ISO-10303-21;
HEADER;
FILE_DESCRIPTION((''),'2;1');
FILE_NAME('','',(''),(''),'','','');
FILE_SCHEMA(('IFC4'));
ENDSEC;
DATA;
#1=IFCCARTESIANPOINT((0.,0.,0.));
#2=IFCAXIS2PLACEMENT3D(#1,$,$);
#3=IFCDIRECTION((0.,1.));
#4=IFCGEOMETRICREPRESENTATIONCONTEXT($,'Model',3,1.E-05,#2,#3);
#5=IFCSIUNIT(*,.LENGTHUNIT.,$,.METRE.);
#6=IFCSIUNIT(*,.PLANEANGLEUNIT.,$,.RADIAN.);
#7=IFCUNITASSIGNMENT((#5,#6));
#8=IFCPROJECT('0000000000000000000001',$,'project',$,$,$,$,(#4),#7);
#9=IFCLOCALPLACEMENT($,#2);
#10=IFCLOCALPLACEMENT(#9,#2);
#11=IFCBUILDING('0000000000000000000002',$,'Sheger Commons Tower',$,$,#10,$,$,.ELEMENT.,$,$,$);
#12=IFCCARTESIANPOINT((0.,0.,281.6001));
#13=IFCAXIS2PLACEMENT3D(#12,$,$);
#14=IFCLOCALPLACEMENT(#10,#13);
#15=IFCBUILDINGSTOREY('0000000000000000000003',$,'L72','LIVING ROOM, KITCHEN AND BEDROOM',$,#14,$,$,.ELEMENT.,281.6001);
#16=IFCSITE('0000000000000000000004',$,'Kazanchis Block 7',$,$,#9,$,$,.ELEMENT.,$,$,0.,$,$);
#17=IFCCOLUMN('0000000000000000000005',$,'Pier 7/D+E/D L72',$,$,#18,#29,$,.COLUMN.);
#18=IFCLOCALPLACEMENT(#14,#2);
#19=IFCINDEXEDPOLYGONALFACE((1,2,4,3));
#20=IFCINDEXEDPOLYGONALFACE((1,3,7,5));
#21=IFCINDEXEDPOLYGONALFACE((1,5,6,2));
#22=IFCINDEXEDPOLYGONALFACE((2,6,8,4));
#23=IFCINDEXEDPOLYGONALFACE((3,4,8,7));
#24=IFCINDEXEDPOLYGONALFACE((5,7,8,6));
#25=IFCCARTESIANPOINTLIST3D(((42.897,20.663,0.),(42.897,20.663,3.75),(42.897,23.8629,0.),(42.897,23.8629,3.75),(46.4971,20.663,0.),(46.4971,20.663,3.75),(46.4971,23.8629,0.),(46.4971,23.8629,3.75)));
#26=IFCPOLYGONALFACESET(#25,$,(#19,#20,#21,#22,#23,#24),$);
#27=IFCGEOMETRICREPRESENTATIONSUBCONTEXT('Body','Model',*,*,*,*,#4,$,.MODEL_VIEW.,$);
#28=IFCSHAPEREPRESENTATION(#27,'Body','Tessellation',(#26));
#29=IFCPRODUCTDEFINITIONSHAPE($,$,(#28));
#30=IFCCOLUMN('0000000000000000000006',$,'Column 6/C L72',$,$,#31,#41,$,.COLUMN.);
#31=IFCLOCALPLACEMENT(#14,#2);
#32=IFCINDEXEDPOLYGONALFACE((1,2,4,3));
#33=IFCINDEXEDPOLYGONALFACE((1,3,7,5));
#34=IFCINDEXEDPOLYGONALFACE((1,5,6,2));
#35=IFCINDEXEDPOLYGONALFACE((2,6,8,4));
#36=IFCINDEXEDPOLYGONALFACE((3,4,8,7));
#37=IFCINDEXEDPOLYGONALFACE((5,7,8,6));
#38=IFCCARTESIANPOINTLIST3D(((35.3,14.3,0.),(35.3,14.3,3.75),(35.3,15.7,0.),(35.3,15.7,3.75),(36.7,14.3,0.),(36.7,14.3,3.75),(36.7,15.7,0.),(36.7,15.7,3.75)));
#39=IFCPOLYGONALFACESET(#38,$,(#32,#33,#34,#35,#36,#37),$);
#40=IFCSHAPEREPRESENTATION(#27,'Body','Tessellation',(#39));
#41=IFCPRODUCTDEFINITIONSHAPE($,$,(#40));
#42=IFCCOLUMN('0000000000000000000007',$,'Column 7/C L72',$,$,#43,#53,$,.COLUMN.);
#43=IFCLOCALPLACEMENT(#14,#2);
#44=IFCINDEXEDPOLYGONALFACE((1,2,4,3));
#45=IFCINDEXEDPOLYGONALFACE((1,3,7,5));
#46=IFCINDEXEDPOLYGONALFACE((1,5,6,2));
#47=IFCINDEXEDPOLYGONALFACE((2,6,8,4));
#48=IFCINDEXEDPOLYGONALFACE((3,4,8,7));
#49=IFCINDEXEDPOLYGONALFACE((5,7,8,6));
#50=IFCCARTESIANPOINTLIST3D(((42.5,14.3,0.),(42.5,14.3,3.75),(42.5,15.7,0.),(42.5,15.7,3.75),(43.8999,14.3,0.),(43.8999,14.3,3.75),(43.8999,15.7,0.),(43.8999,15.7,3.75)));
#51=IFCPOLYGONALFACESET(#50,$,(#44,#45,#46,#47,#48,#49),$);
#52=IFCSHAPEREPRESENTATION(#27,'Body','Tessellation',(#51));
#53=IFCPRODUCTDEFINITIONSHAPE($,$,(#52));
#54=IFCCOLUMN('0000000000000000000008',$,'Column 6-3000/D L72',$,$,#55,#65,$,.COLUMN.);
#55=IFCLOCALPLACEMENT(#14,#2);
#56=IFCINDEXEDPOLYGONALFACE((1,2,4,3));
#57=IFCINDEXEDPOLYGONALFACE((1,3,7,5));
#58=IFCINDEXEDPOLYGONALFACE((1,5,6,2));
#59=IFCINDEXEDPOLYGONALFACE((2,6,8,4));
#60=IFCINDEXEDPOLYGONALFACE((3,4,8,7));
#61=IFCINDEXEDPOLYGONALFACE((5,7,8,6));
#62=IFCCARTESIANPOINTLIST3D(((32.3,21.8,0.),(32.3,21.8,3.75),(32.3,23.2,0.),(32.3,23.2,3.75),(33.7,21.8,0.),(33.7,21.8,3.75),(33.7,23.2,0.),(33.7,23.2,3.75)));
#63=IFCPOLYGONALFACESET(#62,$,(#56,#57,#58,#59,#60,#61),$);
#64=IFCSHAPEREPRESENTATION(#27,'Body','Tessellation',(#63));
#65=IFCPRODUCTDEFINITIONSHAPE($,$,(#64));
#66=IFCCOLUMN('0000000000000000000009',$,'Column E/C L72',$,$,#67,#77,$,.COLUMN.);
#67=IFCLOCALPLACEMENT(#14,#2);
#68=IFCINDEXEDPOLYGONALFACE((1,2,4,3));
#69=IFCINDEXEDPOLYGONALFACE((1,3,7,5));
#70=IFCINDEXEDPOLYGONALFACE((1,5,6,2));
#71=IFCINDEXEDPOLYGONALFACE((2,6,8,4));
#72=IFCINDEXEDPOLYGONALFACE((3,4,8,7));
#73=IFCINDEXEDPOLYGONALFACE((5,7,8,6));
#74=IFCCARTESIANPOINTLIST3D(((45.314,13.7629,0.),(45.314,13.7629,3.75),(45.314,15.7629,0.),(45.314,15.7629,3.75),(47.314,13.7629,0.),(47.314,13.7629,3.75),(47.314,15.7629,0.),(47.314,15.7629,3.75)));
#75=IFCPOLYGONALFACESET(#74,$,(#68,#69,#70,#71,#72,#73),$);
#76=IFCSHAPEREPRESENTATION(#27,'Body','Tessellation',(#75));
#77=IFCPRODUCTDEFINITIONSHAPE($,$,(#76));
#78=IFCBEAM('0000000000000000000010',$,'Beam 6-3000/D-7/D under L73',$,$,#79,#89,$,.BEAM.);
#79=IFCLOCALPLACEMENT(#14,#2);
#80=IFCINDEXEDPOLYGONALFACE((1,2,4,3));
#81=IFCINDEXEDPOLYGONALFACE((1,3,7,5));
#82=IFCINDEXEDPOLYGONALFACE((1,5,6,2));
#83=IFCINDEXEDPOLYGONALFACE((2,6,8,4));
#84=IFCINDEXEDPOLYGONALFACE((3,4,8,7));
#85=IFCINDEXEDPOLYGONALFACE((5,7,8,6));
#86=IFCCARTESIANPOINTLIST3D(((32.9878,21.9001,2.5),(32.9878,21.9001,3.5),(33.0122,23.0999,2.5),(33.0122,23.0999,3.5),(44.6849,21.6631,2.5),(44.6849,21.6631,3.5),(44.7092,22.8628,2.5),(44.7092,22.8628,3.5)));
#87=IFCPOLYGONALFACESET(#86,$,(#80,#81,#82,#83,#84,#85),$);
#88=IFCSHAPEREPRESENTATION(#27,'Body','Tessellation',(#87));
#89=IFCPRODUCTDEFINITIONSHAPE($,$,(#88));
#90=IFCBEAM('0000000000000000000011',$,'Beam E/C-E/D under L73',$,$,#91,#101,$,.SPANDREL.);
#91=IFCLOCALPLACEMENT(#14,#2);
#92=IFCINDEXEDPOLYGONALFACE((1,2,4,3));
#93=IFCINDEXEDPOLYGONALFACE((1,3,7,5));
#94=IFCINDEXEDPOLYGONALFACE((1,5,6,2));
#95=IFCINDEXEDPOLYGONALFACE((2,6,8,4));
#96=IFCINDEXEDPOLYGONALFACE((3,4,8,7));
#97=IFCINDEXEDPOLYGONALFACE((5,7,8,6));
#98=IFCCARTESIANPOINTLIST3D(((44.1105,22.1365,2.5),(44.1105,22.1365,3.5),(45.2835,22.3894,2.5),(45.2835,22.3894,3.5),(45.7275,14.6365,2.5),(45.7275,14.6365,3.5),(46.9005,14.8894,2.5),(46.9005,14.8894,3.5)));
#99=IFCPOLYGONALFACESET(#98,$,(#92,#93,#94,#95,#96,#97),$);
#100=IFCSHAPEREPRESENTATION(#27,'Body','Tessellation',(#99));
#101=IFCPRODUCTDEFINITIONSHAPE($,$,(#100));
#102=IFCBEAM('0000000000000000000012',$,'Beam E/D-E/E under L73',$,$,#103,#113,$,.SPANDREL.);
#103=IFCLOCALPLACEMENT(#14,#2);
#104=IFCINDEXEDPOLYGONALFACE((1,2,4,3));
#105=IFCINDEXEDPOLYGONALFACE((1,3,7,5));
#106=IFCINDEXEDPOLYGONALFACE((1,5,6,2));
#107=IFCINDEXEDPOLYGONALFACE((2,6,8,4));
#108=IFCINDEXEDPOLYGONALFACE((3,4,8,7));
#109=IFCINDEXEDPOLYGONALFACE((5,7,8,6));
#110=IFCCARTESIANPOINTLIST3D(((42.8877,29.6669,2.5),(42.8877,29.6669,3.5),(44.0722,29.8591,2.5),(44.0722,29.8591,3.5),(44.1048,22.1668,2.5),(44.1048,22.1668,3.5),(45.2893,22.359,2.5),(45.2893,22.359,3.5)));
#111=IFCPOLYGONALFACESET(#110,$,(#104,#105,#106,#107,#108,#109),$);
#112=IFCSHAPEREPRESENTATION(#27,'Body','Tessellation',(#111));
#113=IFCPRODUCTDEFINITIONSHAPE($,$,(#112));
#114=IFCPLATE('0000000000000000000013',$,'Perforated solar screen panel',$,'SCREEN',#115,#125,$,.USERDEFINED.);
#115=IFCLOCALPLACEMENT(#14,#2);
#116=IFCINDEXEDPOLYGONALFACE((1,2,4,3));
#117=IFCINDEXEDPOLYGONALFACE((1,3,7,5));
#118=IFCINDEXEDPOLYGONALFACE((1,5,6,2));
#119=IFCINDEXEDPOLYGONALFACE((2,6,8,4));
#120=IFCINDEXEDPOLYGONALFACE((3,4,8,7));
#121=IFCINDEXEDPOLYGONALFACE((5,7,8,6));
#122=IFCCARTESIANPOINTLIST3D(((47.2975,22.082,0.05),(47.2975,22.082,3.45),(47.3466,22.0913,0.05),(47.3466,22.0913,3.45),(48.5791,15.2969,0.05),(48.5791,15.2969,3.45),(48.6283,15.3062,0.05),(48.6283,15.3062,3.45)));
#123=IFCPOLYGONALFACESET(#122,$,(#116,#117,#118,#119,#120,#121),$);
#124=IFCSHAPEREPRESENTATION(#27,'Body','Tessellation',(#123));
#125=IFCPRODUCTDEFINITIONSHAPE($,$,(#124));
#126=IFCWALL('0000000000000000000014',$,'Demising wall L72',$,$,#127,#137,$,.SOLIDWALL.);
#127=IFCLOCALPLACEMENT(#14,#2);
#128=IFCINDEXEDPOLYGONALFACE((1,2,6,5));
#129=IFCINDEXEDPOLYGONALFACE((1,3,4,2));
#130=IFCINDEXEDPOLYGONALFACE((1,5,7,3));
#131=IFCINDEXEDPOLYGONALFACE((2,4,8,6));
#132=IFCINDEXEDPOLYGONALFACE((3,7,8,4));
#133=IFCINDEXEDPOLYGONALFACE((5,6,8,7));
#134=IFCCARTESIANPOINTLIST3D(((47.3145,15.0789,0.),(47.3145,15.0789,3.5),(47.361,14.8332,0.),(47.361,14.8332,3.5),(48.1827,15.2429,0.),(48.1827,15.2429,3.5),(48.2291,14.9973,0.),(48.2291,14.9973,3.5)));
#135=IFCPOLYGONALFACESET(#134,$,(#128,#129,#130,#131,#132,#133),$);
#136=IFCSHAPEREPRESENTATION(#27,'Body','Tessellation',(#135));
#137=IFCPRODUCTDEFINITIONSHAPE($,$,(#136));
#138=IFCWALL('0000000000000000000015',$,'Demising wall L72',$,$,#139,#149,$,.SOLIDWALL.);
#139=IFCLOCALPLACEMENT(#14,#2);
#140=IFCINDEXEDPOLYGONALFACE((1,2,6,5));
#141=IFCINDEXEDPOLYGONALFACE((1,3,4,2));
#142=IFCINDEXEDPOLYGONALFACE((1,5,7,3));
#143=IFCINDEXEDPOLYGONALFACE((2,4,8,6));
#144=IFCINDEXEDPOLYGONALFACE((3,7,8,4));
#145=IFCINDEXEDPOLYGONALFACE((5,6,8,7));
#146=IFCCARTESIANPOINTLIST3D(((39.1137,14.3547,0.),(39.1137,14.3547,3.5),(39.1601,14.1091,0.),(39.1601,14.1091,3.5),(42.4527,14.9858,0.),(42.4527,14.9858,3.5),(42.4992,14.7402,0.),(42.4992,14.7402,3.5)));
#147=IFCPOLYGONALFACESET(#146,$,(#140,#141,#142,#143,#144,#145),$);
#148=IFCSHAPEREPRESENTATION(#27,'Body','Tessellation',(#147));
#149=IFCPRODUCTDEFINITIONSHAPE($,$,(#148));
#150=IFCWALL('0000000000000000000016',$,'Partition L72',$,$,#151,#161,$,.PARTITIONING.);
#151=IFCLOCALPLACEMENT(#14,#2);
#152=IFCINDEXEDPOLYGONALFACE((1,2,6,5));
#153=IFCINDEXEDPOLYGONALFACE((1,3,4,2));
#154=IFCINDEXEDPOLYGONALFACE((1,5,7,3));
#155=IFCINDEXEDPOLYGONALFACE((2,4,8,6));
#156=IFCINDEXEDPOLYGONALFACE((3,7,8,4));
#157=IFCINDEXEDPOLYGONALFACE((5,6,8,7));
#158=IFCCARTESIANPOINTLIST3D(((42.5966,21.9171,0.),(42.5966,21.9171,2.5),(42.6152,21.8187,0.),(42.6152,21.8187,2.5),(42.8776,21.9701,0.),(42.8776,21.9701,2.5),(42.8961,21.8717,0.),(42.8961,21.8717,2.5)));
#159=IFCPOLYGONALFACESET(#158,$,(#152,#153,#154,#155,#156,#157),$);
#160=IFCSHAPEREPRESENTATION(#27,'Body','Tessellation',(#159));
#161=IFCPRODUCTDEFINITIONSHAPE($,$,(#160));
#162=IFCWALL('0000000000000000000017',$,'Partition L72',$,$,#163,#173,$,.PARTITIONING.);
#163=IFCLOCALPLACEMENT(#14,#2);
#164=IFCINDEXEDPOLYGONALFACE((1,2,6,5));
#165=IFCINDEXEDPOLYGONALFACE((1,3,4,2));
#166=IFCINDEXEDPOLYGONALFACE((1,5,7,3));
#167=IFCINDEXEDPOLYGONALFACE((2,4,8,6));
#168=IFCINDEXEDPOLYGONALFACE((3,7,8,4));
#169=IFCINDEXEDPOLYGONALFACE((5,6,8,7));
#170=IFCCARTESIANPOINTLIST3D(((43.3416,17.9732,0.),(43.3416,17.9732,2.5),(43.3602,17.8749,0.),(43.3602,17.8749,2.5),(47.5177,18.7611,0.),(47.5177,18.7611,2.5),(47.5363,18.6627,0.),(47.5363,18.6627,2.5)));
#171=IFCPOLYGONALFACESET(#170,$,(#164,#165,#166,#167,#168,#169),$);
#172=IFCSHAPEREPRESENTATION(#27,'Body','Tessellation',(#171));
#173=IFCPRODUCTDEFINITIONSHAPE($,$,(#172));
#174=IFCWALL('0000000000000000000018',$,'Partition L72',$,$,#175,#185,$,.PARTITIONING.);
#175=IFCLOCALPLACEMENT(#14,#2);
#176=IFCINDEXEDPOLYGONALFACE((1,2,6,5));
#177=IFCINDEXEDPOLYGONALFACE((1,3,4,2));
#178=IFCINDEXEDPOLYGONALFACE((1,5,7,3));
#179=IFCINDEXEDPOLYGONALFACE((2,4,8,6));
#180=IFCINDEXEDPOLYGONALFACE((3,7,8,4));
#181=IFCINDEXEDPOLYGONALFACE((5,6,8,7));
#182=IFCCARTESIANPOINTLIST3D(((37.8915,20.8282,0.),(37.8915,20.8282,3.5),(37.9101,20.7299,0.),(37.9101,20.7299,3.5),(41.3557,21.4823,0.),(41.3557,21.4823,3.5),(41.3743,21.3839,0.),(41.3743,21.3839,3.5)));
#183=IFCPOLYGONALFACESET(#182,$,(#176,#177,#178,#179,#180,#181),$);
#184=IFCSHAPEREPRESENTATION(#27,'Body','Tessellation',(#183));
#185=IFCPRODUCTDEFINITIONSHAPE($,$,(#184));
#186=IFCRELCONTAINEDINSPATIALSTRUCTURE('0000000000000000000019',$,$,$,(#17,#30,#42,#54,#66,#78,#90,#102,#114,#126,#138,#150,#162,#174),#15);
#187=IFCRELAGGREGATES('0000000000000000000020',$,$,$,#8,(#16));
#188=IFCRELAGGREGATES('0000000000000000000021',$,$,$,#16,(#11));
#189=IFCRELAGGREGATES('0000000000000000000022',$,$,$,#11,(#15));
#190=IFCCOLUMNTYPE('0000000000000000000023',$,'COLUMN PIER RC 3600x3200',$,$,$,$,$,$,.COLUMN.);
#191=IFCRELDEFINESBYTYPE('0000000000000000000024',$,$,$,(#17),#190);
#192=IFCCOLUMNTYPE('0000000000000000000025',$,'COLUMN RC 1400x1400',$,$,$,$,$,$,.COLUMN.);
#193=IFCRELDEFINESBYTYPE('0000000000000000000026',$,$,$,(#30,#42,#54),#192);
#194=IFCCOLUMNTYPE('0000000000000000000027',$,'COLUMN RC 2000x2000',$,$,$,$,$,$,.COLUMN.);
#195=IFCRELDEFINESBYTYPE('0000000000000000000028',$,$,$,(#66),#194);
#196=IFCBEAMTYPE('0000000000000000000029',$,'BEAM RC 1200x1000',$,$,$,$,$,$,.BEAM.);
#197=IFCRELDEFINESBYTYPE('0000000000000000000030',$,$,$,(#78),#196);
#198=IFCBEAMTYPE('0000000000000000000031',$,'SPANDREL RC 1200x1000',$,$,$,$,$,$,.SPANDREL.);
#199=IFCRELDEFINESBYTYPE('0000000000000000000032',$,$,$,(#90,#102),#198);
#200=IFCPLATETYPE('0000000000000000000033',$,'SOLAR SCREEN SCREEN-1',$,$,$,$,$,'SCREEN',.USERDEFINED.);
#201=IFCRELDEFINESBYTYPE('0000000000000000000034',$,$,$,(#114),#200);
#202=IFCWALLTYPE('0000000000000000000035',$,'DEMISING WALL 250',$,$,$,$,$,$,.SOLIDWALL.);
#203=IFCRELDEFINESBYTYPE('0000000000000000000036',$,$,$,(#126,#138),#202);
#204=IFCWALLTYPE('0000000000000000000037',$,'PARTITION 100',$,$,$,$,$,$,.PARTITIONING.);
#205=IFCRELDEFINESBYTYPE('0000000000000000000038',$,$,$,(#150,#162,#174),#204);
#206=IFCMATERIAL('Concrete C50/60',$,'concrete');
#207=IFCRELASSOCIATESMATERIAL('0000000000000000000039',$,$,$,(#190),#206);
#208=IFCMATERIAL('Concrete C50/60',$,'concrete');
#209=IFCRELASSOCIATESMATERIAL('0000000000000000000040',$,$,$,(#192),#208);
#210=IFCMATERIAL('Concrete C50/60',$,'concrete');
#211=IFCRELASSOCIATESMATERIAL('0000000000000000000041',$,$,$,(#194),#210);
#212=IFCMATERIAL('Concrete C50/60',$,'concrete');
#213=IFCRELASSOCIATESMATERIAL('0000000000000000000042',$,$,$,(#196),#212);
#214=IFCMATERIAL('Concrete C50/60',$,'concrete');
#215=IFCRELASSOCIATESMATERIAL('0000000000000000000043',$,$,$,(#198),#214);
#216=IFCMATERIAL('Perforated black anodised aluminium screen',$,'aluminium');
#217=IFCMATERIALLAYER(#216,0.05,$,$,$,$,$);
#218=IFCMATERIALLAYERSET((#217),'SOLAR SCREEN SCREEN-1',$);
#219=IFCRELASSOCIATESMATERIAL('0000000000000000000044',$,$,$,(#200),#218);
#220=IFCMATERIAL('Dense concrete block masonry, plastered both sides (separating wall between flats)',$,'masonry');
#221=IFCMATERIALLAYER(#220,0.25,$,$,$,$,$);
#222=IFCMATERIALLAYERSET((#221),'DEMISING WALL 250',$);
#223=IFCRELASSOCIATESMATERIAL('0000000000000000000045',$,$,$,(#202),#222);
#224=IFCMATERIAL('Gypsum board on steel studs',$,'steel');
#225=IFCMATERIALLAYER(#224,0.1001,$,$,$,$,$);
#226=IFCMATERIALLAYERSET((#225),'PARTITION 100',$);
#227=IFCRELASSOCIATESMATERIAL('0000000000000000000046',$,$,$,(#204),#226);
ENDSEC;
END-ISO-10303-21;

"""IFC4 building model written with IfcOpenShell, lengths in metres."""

from ifc_helpers import new_model, si_unit, direction, frame, frame_2d, origin, origin_2d, place, context, subcontext, project, spatial, rectangle, extrude, material, layer, layer_set, material_profile, profile_set, type_object, element, save


model = new_model("IFC4")

# Units and contexts
model_context = context("Model", 3, precision=1e-05, world=origin(), true_north=direction((0.0, 1.0)))
body_context = subcontext(model_context, "Body", "Model", "MODEL_VIEW")
ifc_project = project(units=[si_unit("LENGTHUNIT", "METRE"), si_unit("PLANEANGLEUNIT", "RADIAN")], contexts=[model_context])

# Site, building, storey
site_placement = place(None, origin())
site = spatial("IfcSite", under=ifc_project, at=site_placement, Name="Kazanchis Block 7", CompositionType="ELEMENT", RefElevation=0.0)
building_placement = place(site_placement, origin())
building = spatial("IfcBuilding", under=site, at=building_placement, Name="Sheger Commons Tower", CompositionType="ELEMENT")
storey_placement = place(building_placement, frame((0.0, 0.0, 281.6001)))
storey = spatial("IfcBuildingStorey", under=building, at=storey_placement, Name="L72", Description="LIVING ROOM, KITCHEN AND BEDROOM", CompositionType="ELEMENT", Elevation=281.6001)

# Columns
ifc_material_1 = material(Name="Concrete C50/60", Category="concrete")
ifc_material_profile_1 = material_profile(ifc_material_1, rectangle(XDim=3.6001, YDim=3.2, at=origin_2d()), Name="RC 3600x3200")
ifc_profile_set_1 = profile_set([ifc_material_profile_1], Name="Concrete C50/60")
column_type_1 = type_object("IfcColumnType", Name="COLUMN PIER RC 3600x3200", PredefinedType="COLUMN", material=ifc_profile_set_1)
column_1_placement = place(storey_placement, frame((44.697, 22.2629, 0.0), z_axis=(0.0, 0.0, 1.0), x_axis=(1.0, 0.0, 0.0)))
element("IfcColumn", 1, at=column_1_placement, inside=storey, type_object=column_type_1, Name="Pier 7/D+E/D L72", PredefinedType="COLUMN", context=body_context, shape_type="SweptSolid", body=[
    extrude(rectangle(XDim=3.6001, YDim=3.2, at=origin_2d()), origin(), (0.0, 0.0, 1.0), 3.75),
])
ifc_material_2 = material(Name="Concrete C50/60", Category="concrete")
ifc_material_profile_2 = material_profile(ifc_material_2, rectangle(XDim=1.3999, YDim=1.3999, at=origin_2d()), Name="RC 1400x1400")
ifc_profile_set_2 = profile_set([ifc_material_profile_2], Name="Concrete C50/60")
column_type_2 = type_object("IfcColumnType", Name="COLUMN RC 1400x1400", PredefinedType="COLUMN", material=ifc_profile_set_2)
for number, where, z_axis, x_axis, name in (
    (2, (36.0, 15.0, 0.0), (0.0, 0.0, 1.0), (1.0, 0.0, 0.0), "Column 6/C L72"),
    (3, (43.2, 15.0, 0.0), (0.0, 0.0, 1.0), (1.0, 0.0, 0.0), "Column 7/C L72"),
    (4, (33.0, 22.5, 0.0), (0.0, 0.0, 1.0), (1.0, 0.0, 0.0), "Column 6-3000/D L72"),
):
    element("IfcColumn", number, at=place(storey_placement, frame(where, z_axis=z_axis, x_axis=x_axis)), inside=storey, type_object=column_type_2, Name=name, PredefinedType="COLUMN", context=body_context, shape_type="SweptSolid", body=[
        extrude(rectangle(XDim=1.3999, YDim=1.3999, at=origin_2d()), origin(), (0.0, 0.0, 1.0), 3.75),
    ])
ifc_material_3 = material(Name="Concrete C50/60", Category="concrete")
ifc_material_profile_3 = material_profile(ifc_material_3, rectangle(XDim=2.0, YDim=2.0, at=origin_2d()), Name="RC 2000x2000")
ifc_profile_set_3 = profile_set([ifc_material_profile_3], Name="Concrete C50/60")
column_type_3 = type_object("IfcColumnType", Name="COLUMN RC 2000x2000", PredefinedType="COLUMN", material=ifc_profile_set_3)
column_2_placement = place(storey_placement, frame((46.314, 14.7629, 0.0), z_axis=(0.0, 0.0, 1.0), x_axis=(1.0, 0.0, 0.0)))
element("IfcColumn", 5, at=column_2_placement, inside=storey, type_object=column_type_3, Name="Column E/C L72", PredefinedType="COLUMN", context=body_context, shape_type="SweptSolid", body=[
    extrude(rectangle(XDim=2.0, YDim=2.0, at=origin_2d()), origin(), (0.0, 0.0, 1.0), 3.75),
])

# Beams
ifc_material_4 = material(Name="Concrete C50/60", Category="concrete")
ifc_material_profile_4 = material_profile(ifc_material_4, rectangle(XDim=1.2, YDim=1.0, at=origin_2d()), Name="RC 1200x1000")
ifc_profile_set_4 = profile_set([ifc_material_profile_4], Name="Concrete C50/60")
beam_type_1 = type_object("IfcBeamType", Name="BEAM RC 1200x1000", PredefinedType="BEAM", material=ifc_profile_set_4)
beam_1_placement = place(storey_placement, frame((33.0, 22.5, 3.0), z_axis=(0.999795, -0.020263, 0.0), x_axis=(0.020263, 0.999795, 0.0)))
element("IfcBeam", 6, at=beam_1_placement, inside=storey, type_object=beam_type_1, Name="Beam 6-3000/D-7/D under L73", PredefinedType="BEAM", context=body_context, shape_type="SweptSolid", body=[
    extrude(rectangle(XDim=1.2, YDim=1.0, at=origin_2d()), origin(), (0.0, 0.0, 1.0), 11.6995),
])
ifc_material_5 = material(Name="Concrete C50/60", Category="concrete")
ifc_material_profile_5 = material_profile(ifc_material_5, rectangle(XDim=1.2, YDim=1.0, at=origin_2d()), Name="RC 1200x1000")
ifc_profile_set_5 = profile_set([ifc_material_profile_5], Name="Concrete C50/60")
beam_type_2 = type_object("IfcBeamType", Name="SPANDREL RC 1200x1000", PredefinedType="SPANDREL", material=ifc_profile_set_5)
beam_2_placement = place(storey_placement, frame((46.314, 14.7629, 3.0), z_axis=(-0.21075, 0.97754, 0.0), x_axis=(-0.97754, -0.21075, 0.0)))
element("IfcBeam", 7, at=beam_2_placement, inside=storey, type_object=beam_type_2, Name="Beam E/C-E/D under L73", PredefinedType="SPANDREL", context=body_context, shape_type="SweptSolid", body=[
    extrude(rectangle(XDim=1.2, YDim=1.0, at=origin_2d()), origin(), (0.0, 0.0, 1.0), 7.6724),
])
beam_3_placement = place(storey_placement, frame((44.697, 22.2629, 3.0), z_axis=(-0.160177, 0.987088, 0.0), x_axis=(-0.987088, -0.160177, 0.0)))
element("IfcBeam", 8, at=beam_3_placement, inside=storey, type_object=beam_type_2, Name="Beam E/D-E/E under L73", PredefinedType="SPANDREL", context=body_context, shape_type="SweptSolid", body=[
    extrude(rectangle(XDim=1.2, YDim=1.0, at=origin_2d()), origin(), (0.0, 0.0, 1.0), 7.5981),
])

# Plate
ifc_material_6 = material(Name="Perforated black anodised aluminium screen", Category="aluminium")
ifc_layer_1 = layer(ifc_material_6, 0.05)
ifc_layer_set_1 = layer_set([ifc_layer_1], Name="SOLAR SCREEN SCREEN-1")
plate_type = type_object("IfcPlateType", Name="SOLAR SCREEN SCREEN-1", ElementType="SCREEN", PredefinedType="USERDEFINED", material=ifc_layer_set_1)
plate_placement = place(storey_placement, frame((47.9629, 18.6941, 0.05), z_axis=(0.0, 0.0, 1.0), x_axis=(-0.185615, 0.982623, 0.0)))
element("IfcPlate", 9, at=plate_placement, inside=storey, type_object=plate_type, Name="Perforated solar screen panel", ObjectType="SCREEN", PredefinedType="USERDEFINED", context=body_context, shape_type="SweptSolid", body=[
    extrude(rectangle(XDim=6.905, YDim=0.05, at=origin_2d()), origin(), (0.0, 0.0, 1.0), 3.3999),
])

# Walls
ifc_material_7 = material(Name="Dense concrete block masonry, plastered both sides (separating wall between flats)", Category="masonry")
ifc_layer_2 = layer(ifc_material_7, 0.25)
ifc_layer_set_2 = layer_set([ifc_layer_2], Name="DEMISING WALL 250")
wall_type_1 = type_object("IfcWallType", Name="DEMISING WALL 250", PredefinedType="SOLIDWALL", material=ifc_layer_set_2)
wall_1_placement = place(storey_placement, frame((48.2061, 15.1201, 0.0), z_axis=(0.0, 0.0, 1.0), x_axis=(-0.982608, -0.18569, 0.0)))
element("IfcWall", 10, at=wall_1_placement, inside=storey, type_object=wall_type_1, Name="Demising wall L72", PredefinedType="SOLIDWALL", context=body_context, shape_type="SweptSolid", body=[
    extrude(rectangle(XDim=0.8835, YDim=0.25, at=frame_2d((0.4419, 0.0))), origin(), (0.0, 0.0, 1.0), 3.5),
])
wall_2_placement = place(storey_placement, frame((42.4761, 14.863, 0.0), z_axis=(0.0, 0.0, 1.0), x_axis=(-0.982604, -0.185715, 0.0)))
element("IfcWall", 11, at=wall_2_placement, inside=storey, type_object=wall_type_1, Name="Demising wall L72", PredefinedType="SOLIDWALL", context=body_context, shape_type="SweptSolid", body=[
    extrude(rectangle(XDim=3.3982, YDim=0.25, at=frame_2d((1.6992, 0.0))), origin(), (0.0, 0.0, 1.0), 3.5),
])
ifc_material_8 = material(Name="Gypsum board on steel studs", Category="steel")
ifc_layer_3 = layer(ifc_material_8, 0.1001)
ifc_layer_set_3 = layer_set([ifc_layer_3], Name="PARTITION 100")
wall_type_2 = type_object("IfcWallType", Name="PARTITION 100", PredefinedType="PARTITIONING", material=ifc_layer_set_3)
wall_3_placement = place(storey_placement, frame((42.887, 21.9209, 0.0), z_axis=(0.0, 0.0, 1.0), x_axis=(-0.982688, -0.185268, 0.0)))
element("IfcWall", 12, at=wall_3_placement, inside=storey, type_object=wall_type_2, Name="Partition L72", PredefinedType="PARTITIONING", context=body_context, shape_type="SweptSolid", body=[
    extrude(rectangle(XDim=0.2859, YDim=0.1001, at=frame_2d((0.1431, 0.0))), origin(), (0.0, 0.0, 1.0), 2.5),
])
wall_4_placement = place(storey_placement, frame((47.5271, 18.7119, 0.0), z_axis=(0.0, 0.0, 1.0), x_axis=(-0.982665, -0.185388, 0.0)))
element("IfcWall", 13, at=wall_4_placement, inside=storey, type_object=wall_type_2, Name="Partition L72", PredefinedType="PARTITIONING", context=body_context, shape_type="SweptSolid", body=[
    extrude(rectangle(XDim=4.2498, YDim=0.1001, at=frame_2d((2.125, 0.0))), origin(), (0.0, 0.0, 1.0), 2.5),
])
wall_5_placement = place(storey_placement, frame((41.365, 21.4331, 0.0), z_axis=(0.0, 0.0, 1.0), x_axis=(-0.982639, -0.18553, 0.0)))
element("IfcWall", 14, at=wall_5_placement, inside=storey, type_object=wall_type_2, Name="Partition L72", PredefinedType="PARTITIONING", context=body_context, shape_type="SweptSolid", body=[
    extrude(rectangle(XDim=3.5254, YDim=0.1001, at=frame_2d((1.7627, 0.0))), origin(), (0.0, 0.0, 1.0), 3.5),
])

save(model, "model.ifc")
